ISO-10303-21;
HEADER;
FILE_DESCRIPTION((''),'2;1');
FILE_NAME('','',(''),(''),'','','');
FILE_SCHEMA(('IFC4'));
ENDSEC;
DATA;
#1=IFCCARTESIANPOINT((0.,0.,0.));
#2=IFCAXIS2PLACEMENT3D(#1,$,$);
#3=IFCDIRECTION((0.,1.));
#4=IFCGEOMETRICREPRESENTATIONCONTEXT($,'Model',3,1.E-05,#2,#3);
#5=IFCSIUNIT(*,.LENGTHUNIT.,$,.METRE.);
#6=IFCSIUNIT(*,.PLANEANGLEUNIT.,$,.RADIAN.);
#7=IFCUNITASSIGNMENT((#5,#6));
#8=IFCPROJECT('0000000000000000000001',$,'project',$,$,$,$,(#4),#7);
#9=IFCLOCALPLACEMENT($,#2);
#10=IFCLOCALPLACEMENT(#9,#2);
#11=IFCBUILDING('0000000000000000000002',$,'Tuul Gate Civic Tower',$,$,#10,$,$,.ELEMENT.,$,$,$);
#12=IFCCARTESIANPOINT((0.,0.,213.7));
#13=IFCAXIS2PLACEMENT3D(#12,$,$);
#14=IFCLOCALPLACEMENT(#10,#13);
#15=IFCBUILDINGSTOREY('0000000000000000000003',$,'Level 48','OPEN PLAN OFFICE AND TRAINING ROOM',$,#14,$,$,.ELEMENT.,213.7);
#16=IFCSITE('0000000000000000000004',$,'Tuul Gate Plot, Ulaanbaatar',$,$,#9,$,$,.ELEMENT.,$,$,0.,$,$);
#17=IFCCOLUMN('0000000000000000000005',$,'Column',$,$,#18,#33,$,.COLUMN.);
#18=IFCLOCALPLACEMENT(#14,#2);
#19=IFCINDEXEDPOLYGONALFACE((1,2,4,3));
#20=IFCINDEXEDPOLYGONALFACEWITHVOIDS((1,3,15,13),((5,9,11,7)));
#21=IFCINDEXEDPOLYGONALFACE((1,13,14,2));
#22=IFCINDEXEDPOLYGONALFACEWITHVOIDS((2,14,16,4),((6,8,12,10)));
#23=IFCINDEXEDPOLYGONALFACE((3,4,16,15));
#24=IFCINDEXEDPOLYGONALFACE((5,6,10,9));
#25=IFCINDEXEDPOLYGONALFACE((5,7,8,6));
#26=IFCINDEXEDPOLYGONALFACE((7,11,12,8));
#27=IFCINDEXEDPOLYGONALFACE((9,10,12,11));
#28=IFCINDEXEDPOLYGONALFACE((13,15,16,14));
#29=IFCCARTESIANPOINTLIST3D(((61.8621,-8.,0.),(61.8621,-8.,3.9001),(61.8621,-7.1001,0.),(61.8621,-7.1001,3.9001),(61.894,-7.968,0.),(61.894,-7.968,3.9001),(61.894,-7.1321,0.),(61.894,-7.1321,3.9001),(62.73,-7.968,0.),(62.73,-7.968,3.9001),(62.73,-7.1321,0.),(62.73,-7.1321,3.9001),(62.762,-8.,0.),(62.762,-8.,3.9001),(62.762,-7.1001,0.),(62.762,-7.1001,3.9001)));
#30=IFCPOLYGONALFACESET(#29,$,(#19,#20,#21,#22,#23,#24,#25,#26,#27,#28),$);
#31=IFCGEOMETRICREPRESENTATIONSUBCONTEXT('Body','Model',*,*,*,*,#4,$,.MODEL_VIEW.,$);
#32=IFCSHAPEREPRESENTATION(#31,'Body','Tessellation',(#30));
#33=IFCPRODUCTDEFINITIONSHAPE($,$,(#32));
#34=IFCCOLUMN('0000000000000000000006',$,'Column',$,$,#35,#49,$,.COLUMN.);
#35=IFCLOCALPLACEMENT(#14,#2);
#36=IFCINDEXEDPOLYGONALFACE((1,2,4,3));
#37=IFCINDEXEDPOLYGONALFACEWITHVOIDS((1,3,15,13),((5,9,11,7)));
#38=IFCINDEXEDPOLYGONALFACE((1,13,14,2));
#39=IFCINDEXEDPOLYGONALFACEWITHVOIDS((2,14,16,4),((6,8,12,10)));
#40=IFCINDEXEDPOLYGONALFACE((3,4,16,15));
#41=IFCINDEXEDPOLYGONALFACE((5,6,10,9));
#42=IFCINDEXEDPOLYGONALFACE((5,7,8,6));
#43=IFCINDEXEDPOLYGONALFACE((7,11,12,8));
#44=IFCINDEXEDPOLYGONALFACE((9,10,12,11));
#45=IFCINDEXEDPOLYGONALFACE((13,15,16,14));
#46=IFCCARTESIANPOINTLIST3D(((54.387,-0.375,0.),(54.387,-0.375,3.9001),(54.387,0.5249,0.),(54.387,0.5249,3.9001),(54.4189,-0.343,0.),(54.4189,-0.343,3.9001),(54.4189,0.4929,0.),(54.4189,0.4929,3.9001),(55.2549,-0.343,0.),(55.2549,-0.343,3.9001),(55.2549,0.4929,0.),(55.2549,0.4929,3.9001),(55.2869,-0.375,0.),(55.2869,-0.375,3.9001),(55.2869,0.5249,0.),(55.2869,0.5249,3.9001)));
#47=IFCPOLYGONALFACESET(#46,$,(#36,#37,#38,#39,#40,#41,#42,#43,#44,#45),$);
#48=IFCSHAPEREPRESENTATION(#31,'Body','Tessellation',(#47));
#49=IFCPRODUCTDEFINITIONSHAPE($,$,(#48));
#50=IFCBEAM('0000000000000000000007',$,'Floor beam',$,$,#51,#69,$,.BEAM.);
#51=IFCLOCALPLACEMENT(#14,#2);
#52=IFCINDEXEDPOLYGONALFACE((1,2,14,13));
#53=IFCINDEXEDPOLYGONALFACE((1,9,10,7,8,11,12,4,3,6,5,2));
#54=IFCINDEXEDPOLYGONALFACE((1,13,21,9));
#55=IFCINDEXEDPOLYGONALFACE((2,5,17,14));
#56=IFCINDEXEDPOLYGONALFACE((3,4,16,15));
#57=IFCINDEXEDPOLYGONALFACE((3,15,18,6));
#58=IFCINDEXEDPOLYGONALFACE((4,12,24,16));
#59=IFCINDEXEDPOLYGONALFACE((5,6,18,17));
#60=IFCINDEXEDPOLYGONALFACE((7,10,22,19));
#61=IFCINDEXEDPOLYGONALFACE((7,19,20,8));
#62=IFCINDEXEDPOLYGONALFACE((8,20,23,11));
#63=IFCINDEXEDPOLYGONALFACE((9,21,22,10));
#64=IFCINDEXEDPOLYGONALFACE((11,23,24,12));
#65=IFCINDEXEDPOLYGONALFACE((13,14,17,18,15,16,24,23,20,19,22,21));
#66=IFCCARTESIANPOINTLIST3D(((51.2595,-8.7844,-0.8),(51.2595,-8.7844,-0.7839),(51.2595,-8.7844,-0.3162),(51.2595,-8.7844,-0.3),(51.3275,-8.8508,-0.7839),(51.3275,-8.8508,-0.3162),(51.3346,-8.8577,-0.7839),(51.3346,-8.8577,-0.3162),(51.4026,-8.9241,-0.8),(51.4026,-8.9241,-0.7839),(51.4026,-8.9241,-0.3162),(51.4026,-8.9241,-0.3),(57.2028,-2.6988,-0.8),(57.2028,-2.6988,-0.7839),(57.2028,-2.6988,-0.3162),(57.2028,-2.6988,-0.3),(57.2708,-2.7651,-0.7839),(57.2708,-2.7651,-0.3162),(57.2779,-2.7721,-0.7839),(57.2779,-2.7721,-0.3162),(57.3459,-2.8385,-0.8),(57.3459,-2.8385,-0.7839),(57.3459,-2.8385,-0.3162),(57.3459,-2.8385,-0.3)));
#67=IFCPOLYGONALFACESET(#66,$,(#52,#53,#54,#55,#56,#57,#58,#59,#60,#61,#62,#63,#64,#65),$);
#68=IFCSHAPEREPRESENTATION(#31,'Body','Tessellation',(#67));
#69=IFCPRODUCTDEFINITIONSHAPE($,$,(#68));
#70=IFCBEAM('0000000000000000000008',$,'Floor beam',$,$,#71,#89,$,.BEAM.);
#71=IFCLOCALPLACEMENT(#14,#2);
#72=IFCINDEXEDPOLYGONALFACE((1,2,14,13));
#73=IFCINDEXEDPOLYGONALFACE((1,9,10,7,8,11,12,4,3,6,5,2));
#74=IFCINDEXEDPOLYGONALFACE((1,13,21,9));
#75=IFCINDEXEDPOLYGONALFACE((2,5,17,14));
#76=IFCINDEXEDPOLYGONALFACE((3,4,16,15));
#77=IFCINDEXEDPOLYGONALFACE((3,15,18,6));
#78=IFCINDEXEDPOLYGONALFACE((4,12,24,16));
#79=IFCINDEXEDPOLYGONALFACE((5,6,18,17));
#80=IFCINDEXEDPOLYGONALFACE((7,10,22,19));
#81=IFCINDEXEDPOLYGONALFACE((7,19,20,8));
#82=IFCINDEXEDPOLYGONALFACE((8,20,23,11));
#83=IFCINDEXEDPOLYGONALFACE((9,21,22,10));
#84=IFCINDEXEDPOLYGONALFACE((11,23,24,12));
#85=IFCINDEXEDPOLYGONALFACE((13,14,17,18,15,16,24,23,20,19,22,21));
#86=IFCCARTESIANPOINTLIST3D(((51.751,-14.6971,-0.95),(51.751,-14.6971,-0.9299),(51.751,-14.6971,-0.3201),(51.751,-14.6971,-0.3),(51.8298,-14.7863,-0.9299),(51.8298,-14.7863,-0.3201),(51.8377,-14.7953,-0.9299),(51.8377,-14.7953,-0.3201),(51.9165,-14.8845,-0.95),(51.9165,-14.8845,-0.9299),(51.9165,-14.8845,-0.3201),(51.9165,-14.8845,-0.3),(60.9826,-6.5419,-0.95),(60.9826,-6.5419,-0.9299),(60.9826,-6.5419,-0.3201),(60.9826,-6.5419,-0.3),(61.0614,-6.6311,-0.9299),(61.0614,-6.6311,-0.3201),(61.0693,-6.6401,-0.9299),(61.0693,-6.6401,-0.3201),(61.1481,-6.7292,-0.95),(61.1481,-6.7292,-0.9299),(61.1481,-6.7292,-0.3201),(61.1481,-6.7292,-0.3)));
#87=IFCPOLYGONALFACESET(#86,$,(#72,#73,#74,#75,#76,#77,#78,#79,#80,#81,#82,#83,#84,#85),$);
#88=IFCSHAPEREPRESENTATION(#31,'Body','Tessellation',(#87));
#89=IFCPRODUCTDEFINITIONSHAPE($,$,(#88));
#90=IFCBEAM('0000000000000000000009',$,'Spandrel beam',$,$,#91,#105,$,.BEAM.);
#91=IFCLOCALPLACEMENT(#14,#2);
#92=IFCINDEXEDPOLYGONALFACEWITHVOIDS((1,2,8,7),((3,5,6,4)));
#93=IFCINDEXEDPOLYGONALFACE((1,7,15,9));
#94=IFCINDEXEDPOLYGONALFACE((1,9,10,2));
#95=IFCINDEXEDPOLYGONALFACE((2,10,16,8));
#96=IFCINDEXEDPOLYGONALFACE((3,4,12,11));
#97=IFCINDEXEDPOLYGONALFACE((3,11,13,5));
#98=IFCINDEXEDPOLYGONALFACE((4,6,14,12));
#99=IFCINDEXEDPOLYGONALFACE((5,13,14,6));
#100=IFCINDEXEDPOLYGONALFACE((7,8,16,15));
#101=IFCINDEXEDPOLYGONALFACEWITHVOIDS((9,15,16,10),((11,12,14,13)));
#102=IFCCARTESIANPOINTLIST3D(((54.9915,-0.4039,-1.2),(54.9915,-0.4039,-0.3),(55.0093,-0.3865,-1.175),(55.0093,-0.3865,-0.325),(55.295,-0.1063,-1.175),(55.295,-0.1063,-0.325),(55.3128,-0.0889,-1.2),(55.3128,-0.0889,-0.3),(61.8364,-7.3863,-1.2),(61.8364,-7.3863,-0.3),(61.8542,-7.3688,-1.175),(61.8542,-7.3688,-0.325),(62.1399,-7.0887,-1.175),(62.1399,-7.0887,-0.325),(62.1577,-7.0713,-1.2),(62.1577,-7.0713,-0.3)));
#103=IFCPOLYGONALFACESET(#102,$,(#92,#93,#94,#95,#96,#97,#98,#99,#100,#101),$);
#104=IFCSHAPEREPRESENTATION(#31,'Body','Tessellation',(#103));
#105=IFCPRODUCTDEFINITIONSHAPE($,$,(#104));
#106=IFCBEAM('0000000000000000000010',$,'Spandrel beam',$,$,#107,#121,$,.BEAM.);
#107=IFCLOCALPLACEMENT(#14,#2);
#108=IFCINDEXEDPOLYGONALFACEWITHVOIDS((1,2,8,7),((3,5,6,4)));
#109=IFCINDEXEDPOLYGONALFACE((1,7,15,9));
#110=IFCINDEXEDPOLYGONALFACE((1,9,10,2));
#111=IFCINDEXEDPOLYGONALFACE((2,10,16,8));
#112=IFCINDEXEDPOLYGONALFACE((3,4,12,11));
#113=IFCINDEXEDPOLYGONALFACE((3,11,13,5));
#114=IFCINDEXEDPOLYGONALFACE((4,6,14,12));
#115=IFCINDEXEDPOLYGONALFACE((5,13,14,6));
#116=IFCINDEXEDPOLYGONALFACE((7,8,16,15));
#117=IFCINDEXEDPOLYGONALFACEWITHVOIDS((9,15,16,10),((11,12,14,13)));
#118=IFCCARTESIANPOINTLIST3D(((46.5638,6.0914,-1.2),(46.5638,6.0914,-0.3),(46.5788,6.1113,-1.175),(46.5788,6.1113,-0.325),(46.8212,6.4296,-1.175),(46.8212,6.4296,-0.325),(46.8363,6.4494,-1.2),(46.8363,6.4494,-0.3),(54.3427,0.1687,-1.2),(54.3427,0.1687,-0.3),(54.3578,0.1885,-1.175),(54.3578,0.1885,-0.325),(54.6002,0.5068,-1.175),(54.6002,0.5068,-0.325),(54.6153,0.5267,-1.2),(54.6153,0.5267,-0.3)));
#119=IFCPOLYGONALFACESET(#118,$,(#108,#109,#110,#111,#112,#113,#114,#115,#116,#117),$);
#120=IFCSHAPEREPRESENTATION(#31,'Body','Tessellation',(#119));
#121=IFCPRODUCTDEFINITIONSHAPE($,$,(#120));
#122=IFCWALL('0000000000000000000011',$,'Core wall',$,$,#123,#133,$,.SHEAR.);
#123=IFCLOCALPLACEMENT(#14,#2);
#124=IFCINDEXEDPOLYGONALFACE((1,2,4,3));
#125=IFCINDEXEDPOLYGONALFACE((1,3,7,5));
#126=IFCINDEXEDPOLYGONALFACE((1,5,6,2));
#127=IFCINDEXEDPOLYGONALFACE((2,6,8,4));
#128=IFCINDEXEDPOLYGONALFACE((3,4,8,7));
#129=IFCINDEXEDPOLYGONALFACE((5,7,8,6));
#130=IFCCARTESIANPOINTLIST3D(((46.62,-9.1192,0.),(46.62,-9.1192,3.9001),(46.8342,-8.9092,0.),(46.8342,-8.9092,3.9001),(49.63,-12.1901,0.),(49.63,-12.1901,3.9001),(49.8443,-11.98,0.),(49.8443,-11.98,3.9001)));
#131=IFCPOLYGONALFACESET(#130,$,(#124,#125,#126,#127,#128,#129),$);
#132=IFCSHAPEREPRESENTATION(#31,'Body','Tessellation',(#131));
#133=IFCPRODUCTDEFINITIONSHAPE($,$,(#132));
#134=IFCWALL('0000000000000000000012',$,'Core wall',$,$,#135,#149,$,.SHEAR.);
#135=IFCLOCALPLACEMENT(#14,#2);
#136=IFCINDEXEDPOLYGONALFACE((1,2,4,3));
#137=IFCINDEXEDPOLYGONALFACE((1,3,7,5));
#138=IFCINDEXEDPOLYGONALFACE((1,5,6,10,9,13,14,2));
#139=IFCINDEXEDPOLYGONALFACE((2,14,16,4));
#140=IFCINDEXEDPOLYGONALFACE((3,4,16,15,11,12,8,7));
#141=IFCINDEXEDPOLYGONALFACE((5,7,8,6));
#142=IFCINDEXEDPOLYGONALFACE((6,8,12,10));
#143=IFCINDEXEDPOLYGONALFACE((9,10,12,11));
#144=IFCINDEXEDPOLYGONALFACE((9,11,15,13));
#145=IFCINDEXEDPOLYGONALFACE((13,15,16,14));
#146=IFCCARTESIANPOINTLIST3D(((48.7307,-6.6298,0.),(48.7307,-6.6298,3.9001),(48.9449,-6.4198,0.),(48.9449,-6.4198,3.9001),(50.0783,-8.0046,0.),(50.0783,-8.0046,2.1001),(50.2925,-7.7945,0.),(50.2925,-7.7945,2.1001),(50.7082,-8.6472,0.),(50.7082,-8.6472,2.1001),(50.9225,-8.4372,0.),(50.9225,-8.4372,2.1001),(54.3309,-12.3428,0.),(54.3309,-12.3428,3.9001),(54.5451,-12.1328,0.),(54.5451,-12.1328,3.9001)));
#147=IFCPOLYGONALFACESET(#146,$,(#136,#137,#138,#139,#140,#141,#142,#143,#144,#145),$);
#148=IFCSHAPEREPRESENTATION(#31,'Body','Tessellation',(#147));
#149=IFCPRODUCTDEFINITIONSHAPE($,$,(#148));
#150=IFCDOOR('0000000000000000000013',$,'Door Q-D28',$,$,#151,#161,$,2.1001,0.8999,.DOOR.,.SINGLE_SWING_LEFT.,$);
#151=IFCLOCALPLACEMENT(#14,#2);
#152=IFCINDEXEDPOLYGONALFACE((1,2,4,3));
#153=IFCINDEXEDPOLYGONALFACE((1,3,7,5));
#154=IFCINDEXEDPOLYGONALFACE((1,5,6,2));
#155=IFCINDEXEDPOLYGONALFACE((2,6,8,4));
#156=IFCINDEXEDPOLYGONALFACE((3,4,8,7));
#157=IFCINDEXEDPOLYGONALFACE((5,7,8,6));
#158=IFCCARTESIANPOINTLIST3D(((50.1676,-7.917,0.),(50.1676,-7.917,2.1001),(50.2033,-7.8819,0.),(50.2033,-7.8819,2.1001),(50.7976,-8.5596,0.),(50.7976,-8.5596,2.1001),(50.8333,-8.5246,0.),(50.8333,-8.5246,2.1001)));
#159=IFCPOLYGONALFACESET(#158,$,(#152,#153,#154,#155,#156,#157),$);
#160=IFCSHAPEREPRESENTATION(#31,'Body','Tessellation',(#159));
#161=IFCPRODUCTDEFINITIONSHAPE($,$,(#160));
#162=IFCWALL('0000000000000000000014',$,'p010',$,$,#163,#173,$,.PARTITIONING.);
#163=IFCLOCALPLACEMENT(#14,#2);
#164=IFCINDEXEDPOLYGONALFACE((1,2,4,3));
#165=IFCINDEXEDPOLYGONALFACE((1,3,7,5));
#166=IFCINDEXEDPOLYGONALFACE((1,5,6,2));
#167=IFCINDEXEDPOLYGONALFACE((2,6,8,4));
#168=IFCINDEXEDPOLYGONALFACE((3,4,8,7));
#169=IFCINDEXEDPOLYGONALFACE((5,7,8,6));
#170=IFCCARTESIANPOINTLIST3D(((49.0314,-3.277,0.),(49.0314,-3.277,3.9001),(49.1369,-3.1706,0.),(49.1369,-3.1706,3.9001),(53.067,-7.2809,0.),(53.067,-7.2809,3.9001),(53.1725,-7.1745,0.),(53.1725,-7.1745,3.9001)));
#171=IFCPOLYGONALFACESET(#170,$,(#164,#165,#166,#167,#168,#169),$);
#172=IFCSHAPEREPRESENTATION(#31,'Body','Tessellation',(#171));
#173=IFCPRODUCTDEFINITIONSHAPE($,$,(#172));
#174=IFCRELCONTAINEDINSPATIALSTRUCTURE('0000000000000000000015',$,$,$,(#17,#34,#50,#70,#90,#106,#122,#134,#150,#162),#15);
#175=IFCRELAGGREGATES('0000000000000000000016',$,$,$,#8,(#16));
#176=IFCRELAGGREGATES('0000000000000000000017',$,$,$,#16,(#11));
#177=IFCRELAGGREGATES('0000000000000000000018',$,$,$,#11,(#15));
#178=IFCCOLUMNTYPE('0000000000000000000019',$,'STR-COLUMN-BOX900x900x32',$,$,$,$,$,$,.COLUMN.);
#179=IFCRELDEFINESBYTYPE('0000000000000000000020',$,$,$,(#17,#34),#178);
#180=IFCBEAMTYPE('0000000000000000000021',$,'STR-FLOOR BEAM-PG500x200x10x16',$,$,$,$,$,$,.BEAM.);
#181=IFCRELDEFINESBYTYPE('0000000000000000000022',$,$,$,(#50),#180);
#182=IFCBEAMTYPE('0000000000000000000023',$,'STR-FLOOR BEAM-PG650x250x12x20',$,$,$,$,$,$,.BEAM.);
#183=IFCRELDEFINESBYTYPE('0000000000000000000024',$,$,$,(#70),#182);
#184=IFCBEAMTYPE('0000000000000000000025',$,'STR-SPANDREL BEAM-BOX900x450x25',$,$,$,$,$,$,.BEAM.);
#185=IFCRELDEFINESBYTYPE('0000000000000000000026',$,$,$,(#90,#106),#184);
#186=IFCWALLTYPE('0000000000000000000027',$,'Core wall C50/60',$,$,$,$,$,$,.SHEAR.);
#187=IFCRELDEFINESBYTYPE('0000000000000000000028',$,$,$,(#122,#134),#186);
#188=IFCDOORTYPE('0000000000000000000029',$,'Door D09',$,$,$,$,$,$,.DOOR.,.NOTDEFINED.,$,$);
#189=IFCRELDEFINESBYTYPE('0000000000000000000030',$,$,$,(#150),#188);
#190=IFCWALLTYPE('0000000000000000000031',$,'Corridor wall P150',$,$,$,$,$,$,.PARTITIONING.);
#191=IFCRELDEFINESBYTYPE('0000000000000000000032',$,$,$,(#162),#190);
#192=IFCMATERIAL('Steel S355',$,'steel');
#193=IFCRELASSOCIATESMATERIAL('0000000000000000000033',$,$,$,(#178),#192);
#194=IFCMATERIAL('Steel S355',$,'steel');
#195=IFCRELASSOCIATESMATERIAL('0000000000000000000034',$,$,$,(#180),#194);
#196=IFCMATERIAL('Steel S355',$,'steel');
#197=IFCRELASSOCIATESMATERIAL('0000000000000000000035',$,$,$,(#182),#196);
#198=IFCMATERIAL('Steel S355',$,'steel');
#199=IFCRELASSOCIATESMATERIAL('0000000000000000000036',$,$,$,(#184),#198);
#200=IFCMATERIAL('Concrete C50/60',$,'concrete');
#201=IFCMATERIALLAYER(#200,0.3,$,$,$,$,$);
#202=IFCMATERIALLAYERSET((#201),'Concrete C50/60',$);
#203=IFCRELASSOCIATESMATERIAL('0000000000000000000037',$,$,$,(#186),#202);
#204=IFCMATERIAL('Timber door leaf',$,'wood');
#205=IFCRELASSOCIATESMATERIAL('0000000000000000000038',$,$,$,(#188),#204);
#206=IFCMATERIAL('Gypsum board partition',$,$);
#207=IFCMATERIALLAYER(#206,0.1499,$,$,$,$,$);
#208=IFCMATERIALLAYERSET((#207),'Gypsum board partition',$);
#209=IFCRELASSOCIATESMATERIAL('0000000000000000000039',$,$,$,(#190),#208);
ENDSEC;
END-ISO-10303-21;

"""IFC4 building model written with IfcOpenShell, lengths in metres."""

from ifc_helpers import new_model, si_unit, direction, frame, frame_2d, origin, origin_2d, place, context, subcontext, project, spatial, rectangle, hollow_rectangle, i_section, extrude, material, layer, layer_set, material_profile, profile_set, type_object, element, fill, save


model = new_model("IFC4")

# Units and contexts
model_context = context("Model", 3, precision=1e-05, world=origin(), true_north=direction((0.0, 1.0)))
body_context = subcontext(model_context, "Body", "Model", "MODEL_VIEW")
ifc_project = project(units=[si_unit("LENGTHUNIT", "METRE"), si_unit("PLANEANGLEUNIT", "RADIAN")], contexts=[model_context])

# Site, building, storey
site_placement = place(None, origin())
site = spatial("IfcSite", under=ifc_project, at=site_placement, Name="Tuul Gate Plot, Ulaanbaatar", CompositionType="ELEMENT", RefElevation=0.0)
building_placement = place(site_placement, origin())
building = spatial("IfcBuilding", under=site, at=building_placement, Name="Tuul Gate Civic Tower", CompositionType="ELEMENT")
storey_placement = place(building_placement, frame((0.0, 0.0, 213.7)))
storey = spatial("IfcBuildingStorey", under=building, at=storey_placement, Name="Level 48", Description="OPEN PLAN OFFICE AND TRAINING ROOM", CompositionType="ELEMENT", Elevation=213.7)

# Columns
ifc_material_1 = material(Name="Steel S355", Category="steel")
ifc_material_profile_1 = material_profile(ifc_material_1, hollow_rectangle(XDim=0.8999, YDim=0.8999, WallThickness=0.032, at=origin_2d()), Name="BOX900x900x32")
ifc_profile_set_1 = profile_set([ifc_material_profile_1], Name="Steel S355")
column_type = type_object("IfcColumnType", Name="STR-COLUMN-BOX900x900x32", PredefinedType="COLUMN", material=ifc_profile_set_1)
for number, where, z_axis, x_axis, name in (
    (1, (62.312, -7.55, 0.0), (0.0, 0.0, 1.0), (1.0, 0.0, 0.0), "Column"),
    (2, (54.8369, 0.075, 0.0), (0.0, 0.0, 1.0), (1.0, 0.0, 0.0), "Column"),
):
    element("IfcColumn", number, at=place(storey_placement, frame(where, z_axis=z_axis, x_axis=x_axis)), inside=storey, type_object=column_type, Name=name, PredefinedType="COLUMN", context=body_context, shape_type="SweptSolid", body=[
        extrude(hollow_rectangle(XDim=0.8999, YDim=0.8999, WallThickness=0.032, at=origin_2d()), origin(), (0.0, 0.0, 1.0), 3.9001),
    ])

# Beams
ifc_material_2 = material(Name="Steel S355", Category="steel")
ifc_material_profile_2 = material_profile(ifc_material_2, i_section(OverallWidth=0.2, OverallDepth=0.5, WebThickness=0.01, FlangeThickness=0.0161, at=origin_2d()), Name="PG500x200x10x16")
ifc_profile_set_2 = profile_set([ifc_material_profile_2], Name="Steel S355")
beam_type_1 = type_object("IfcBeamType", Name="STR-FLOOR BEAM-PG500x200x10x16", PredefinedType="BEAM", material=ifc_profile_set_2)
beam_1_placement = place(storey_placement, frame((51.3311, -8.8542, -0.55), z_axis=(0.698691, 0.715424, 0.0), x_axis=(-0.715424, 0.698691, 0.0)))
element("IfcBeam", 3, at=beam_1_placement, inside=storey, type_object=beam_type_1, Name="Floor beam", PredefinedType="BEAM", context=body_context, shape_type="SweptSolid", body=[
    extrude(i_section(OverallWidth=0.2, OverallDepth=0.5, WebThickness=0.01, FlangeThickness=0.0161, at=origin_2d()), origin(), (0.0, 0.0, 1.0), 8.5063),
])
ifc_material_3 = material(Name="Steel S355", Category="steel")
ifc_material_profile_3 = material_profile(ifc_material_3, i_section(OverallWidth=0.25, OverallDepth=0.6499, WebThickness=0.012, FlangeThickness=0.02, at=origin_2d()), Name="PG650x250x12x20")
ifc_profile_set_3 = profile_set([ifc_material_profile_3], Name="Steel S355")
beam_type_2 = type_object("IfcBeamType", Name="STR-FLOOR BEAM-PG650x250x12x20", PredefinedType="BEAM", material=ifc_profile_set_3)
beam_2_placement = place(storey_placement, frame((51.8337, -14.7908, -0.625), z_axis=(0.749448, 0.662063, 0.0), x_axis=(-0.662063, 0.749448, 0.0)))
element("IfcBeam", 4, at=beam_2_placement, inside=storey, type_object=beam_type_2, Name="Floor beam", PredefinedType="BEAM", context=body_context, shape_type="SweptSolid", body=[
    extrude(i_section(OverallWidth=0.25, OverallDepth=0.6499, WebThickness=0.012, FlangeThickness=0.02, at=origin_2d()), origin(), (0.0, 0.0, 1.0), 12.3179),
])
ifc_material_4 = material(Name="Steel S355", Category="steel")
ifc_material_profile_4 = material_profile(ifc_material_4, hollow_rectangle(XDim=0.45, YDim=0.8999, WallThickness=0.0249, at=origin_2d()), Name="BOX900x450x25")
ifc_profile_set_4 = profile_set([ifc_material_profile_4], Name="Steel S355")
beam_type_3 = type_object("IfcBeamType", Name="STR-SPANDREL BEAM-BOX900x450x25", PredefinedType="BEAM", material=ifc_profile_set_4)
beam_3_placement = place(storey_placement, frame((61.9971, -7.2288, -0.75), z_axis=(-0.700043, 0.7141, 0.0), x_axis=(-0.7141, -0.700043, 0.0)))
element("IfcBeam", 5, at=beam_3_placement, inside=storey, type_object=beam_type_3, Name="Spandrel beam", PredefinedType="BEAM", context=body_context, shape_type="SweptSolid", body=[
    extrude(hollow_rectangle(XDim=0.45, YDim=0.8999, WallThickness=0.0249, at=origin_2d()), origin(), (0.0, 0.0, 1.0), 9.7778),
])
beam_4_placement = place(storey_placement, frame((54.479, 0.3477, -0.75), z_axis=(-0.795631, 0.605781, 0.0), x_axis=(-0.605781, -0.795631, 0.0)))
element("IfcBeam", 6, at=beam_4_placement, inside=storey, type_object=beam_type_3, Name="Spandrel beam", PredefinedType="BEAM", context=body_context, shape_type="SweptSolid", body=[
    extrude(hollow_rectangle(XDim=0.45, YDim=0.8999, WallThickness=0.0249, at=origin_2d()), origin(), (0.0, 0.0, 1.0), 9.7771),
])

# Wall
ifc_material_5 = material(Name="Concrete C50/60", Category="concrete")
ifc_layer_1 = layer(ifc_material_5, 0.3)
ifc_layer_set_1 = layer_set([ifc_layer_1], Name="Concrete C50/60")
wall_type_1 = type_object("IfcWallType", Name="Core wall C50/60", PredefinedType="SHEAR", material=ifc_layer_set_1)
wall_1_placement = place(storey_placement, frame((49.7371, -12.085, 0.0), z_axis=(0.0, 0.0, 1.0), x_axis=(-0.700003, 0.71414, 0.0)))
element("IfcWall", 7, at=wall_1_placement, inside=storey, type_object=wall_type_1, Name="Core wall", PredefinedType="SHEAR", context=body_context, shape_type="SweptSolid", body=[
    extrude(rectangle(XDim=4.3, YDim=0.3, at=frame_2d((2.1499, 0.0))), origin(), (0.0, 0.0, 1.0), 3.9001),
])

# Wall, opening, door
wall_2_placement = place(storey_placement, frame((54.438, -12.2378, 0.0), z_axis=(0.0, 0.0, 1.0), x_axis=(-0.700022, 0.714121, 0.0)))
wall_2 = element("IfcWall", 8, at=wall_2_placement, inside=storey, type_object=wall_type_1, Name="Core wall", PredefinedType="SHEAR", context=body_context, shape_type="SweptSolid", body=[
    extrude(rectangle(XDim=8.0, YDim=0.3, at=frame_2d((4.0, 0.0))), origin(), (0.0, 0.0, 1.0), 3.9001),
])
opening_1_placement = place(wall_2_placement, frame((5.175, 0.0, 0.0)))
opening_1 = element("IfcOpeningElement", 9, at=opening_1_placement, cuts=wall_2, PredefinedType="OPENING", context=body_context, shape_type="SweptSolid", body=[
    extrude(rectangle(XDim=0.8999, YDim=2.1001, at=frame_2d((0.45, 1.05))), frame((0.0, 0.1602, 0.0), z_axis=(0.0, -1.0, 0.0), x_axis=(1.0, 0.0, 0.0)), (0.0, 0.0, 1.0), 0.3201),
])
ifc_material_6 = material(Name="Timber door leaf", Category="wood")
door_type = type_object("IfcDoorType", Name="Door D09", OperationType="NOTDEFINED", PredefinedType="DOOR", material=ifc_material_6)
door_placement = place(opening_1_placement, origin())
door = element("IfcDoor", 10, at=door_placement, inside=storey, type_object=door_type, Name="Door Q-D28", OperationType="SINGLE_SWING_LEFT", OverallHeight=2.1001, OverallWidth=0.8999, PredefinedType="DOOR", context=body_context, shape_type="SweptSolid", body=[
    extrude(rectangle(XDim=0.8999, YDim=2.1001, at=frame_2d((0.45, 1.05))), frame((0.0, 0.0249, 0.0), z_axis=(0.0, -1.0, 0.0), x_axis=(1.0, 0.0, 0.0)), (0.0, 0.0, 1.0), 0.05),
])
fill(opening_1, door)

# Wall
ifc_material_7 = material(Name="Gypsum board partition")
ifc_layer_2 = layer(ifc_material_7, 0.1499)
ifc_layer_set_2 = layer_set([ifc_layer_2], Name="Gypsum board partition")
wall_type_2 = type_object("IfcWallType", Name="Corridor wall P150", PredefinedType="PARTITIONING", material=ifc_layer_set_2)
wall_3_placement = place(storey_placement, frame((49.0842, -3.2239, 0.0), z_axis=(0.0, 0.0, 1.0), x_axis=(0.709893, -0.70431, 0.0)))
element("IfcWall", 11, at=wall_3_placement, inside=storey, type_object=wall_type_2, Name="p010", PredefinedType="PARTITIONING", context=body_context, shape_type="SweptSolid", body=[
    extrude(rectangle(XDim=5.6848, YDim=0.1499, at=frame_2d((2.8423, 0.0))), origin(), (0.0, 0.0, 1.0), 3.9001),
])

save(model, "model.ifc")
